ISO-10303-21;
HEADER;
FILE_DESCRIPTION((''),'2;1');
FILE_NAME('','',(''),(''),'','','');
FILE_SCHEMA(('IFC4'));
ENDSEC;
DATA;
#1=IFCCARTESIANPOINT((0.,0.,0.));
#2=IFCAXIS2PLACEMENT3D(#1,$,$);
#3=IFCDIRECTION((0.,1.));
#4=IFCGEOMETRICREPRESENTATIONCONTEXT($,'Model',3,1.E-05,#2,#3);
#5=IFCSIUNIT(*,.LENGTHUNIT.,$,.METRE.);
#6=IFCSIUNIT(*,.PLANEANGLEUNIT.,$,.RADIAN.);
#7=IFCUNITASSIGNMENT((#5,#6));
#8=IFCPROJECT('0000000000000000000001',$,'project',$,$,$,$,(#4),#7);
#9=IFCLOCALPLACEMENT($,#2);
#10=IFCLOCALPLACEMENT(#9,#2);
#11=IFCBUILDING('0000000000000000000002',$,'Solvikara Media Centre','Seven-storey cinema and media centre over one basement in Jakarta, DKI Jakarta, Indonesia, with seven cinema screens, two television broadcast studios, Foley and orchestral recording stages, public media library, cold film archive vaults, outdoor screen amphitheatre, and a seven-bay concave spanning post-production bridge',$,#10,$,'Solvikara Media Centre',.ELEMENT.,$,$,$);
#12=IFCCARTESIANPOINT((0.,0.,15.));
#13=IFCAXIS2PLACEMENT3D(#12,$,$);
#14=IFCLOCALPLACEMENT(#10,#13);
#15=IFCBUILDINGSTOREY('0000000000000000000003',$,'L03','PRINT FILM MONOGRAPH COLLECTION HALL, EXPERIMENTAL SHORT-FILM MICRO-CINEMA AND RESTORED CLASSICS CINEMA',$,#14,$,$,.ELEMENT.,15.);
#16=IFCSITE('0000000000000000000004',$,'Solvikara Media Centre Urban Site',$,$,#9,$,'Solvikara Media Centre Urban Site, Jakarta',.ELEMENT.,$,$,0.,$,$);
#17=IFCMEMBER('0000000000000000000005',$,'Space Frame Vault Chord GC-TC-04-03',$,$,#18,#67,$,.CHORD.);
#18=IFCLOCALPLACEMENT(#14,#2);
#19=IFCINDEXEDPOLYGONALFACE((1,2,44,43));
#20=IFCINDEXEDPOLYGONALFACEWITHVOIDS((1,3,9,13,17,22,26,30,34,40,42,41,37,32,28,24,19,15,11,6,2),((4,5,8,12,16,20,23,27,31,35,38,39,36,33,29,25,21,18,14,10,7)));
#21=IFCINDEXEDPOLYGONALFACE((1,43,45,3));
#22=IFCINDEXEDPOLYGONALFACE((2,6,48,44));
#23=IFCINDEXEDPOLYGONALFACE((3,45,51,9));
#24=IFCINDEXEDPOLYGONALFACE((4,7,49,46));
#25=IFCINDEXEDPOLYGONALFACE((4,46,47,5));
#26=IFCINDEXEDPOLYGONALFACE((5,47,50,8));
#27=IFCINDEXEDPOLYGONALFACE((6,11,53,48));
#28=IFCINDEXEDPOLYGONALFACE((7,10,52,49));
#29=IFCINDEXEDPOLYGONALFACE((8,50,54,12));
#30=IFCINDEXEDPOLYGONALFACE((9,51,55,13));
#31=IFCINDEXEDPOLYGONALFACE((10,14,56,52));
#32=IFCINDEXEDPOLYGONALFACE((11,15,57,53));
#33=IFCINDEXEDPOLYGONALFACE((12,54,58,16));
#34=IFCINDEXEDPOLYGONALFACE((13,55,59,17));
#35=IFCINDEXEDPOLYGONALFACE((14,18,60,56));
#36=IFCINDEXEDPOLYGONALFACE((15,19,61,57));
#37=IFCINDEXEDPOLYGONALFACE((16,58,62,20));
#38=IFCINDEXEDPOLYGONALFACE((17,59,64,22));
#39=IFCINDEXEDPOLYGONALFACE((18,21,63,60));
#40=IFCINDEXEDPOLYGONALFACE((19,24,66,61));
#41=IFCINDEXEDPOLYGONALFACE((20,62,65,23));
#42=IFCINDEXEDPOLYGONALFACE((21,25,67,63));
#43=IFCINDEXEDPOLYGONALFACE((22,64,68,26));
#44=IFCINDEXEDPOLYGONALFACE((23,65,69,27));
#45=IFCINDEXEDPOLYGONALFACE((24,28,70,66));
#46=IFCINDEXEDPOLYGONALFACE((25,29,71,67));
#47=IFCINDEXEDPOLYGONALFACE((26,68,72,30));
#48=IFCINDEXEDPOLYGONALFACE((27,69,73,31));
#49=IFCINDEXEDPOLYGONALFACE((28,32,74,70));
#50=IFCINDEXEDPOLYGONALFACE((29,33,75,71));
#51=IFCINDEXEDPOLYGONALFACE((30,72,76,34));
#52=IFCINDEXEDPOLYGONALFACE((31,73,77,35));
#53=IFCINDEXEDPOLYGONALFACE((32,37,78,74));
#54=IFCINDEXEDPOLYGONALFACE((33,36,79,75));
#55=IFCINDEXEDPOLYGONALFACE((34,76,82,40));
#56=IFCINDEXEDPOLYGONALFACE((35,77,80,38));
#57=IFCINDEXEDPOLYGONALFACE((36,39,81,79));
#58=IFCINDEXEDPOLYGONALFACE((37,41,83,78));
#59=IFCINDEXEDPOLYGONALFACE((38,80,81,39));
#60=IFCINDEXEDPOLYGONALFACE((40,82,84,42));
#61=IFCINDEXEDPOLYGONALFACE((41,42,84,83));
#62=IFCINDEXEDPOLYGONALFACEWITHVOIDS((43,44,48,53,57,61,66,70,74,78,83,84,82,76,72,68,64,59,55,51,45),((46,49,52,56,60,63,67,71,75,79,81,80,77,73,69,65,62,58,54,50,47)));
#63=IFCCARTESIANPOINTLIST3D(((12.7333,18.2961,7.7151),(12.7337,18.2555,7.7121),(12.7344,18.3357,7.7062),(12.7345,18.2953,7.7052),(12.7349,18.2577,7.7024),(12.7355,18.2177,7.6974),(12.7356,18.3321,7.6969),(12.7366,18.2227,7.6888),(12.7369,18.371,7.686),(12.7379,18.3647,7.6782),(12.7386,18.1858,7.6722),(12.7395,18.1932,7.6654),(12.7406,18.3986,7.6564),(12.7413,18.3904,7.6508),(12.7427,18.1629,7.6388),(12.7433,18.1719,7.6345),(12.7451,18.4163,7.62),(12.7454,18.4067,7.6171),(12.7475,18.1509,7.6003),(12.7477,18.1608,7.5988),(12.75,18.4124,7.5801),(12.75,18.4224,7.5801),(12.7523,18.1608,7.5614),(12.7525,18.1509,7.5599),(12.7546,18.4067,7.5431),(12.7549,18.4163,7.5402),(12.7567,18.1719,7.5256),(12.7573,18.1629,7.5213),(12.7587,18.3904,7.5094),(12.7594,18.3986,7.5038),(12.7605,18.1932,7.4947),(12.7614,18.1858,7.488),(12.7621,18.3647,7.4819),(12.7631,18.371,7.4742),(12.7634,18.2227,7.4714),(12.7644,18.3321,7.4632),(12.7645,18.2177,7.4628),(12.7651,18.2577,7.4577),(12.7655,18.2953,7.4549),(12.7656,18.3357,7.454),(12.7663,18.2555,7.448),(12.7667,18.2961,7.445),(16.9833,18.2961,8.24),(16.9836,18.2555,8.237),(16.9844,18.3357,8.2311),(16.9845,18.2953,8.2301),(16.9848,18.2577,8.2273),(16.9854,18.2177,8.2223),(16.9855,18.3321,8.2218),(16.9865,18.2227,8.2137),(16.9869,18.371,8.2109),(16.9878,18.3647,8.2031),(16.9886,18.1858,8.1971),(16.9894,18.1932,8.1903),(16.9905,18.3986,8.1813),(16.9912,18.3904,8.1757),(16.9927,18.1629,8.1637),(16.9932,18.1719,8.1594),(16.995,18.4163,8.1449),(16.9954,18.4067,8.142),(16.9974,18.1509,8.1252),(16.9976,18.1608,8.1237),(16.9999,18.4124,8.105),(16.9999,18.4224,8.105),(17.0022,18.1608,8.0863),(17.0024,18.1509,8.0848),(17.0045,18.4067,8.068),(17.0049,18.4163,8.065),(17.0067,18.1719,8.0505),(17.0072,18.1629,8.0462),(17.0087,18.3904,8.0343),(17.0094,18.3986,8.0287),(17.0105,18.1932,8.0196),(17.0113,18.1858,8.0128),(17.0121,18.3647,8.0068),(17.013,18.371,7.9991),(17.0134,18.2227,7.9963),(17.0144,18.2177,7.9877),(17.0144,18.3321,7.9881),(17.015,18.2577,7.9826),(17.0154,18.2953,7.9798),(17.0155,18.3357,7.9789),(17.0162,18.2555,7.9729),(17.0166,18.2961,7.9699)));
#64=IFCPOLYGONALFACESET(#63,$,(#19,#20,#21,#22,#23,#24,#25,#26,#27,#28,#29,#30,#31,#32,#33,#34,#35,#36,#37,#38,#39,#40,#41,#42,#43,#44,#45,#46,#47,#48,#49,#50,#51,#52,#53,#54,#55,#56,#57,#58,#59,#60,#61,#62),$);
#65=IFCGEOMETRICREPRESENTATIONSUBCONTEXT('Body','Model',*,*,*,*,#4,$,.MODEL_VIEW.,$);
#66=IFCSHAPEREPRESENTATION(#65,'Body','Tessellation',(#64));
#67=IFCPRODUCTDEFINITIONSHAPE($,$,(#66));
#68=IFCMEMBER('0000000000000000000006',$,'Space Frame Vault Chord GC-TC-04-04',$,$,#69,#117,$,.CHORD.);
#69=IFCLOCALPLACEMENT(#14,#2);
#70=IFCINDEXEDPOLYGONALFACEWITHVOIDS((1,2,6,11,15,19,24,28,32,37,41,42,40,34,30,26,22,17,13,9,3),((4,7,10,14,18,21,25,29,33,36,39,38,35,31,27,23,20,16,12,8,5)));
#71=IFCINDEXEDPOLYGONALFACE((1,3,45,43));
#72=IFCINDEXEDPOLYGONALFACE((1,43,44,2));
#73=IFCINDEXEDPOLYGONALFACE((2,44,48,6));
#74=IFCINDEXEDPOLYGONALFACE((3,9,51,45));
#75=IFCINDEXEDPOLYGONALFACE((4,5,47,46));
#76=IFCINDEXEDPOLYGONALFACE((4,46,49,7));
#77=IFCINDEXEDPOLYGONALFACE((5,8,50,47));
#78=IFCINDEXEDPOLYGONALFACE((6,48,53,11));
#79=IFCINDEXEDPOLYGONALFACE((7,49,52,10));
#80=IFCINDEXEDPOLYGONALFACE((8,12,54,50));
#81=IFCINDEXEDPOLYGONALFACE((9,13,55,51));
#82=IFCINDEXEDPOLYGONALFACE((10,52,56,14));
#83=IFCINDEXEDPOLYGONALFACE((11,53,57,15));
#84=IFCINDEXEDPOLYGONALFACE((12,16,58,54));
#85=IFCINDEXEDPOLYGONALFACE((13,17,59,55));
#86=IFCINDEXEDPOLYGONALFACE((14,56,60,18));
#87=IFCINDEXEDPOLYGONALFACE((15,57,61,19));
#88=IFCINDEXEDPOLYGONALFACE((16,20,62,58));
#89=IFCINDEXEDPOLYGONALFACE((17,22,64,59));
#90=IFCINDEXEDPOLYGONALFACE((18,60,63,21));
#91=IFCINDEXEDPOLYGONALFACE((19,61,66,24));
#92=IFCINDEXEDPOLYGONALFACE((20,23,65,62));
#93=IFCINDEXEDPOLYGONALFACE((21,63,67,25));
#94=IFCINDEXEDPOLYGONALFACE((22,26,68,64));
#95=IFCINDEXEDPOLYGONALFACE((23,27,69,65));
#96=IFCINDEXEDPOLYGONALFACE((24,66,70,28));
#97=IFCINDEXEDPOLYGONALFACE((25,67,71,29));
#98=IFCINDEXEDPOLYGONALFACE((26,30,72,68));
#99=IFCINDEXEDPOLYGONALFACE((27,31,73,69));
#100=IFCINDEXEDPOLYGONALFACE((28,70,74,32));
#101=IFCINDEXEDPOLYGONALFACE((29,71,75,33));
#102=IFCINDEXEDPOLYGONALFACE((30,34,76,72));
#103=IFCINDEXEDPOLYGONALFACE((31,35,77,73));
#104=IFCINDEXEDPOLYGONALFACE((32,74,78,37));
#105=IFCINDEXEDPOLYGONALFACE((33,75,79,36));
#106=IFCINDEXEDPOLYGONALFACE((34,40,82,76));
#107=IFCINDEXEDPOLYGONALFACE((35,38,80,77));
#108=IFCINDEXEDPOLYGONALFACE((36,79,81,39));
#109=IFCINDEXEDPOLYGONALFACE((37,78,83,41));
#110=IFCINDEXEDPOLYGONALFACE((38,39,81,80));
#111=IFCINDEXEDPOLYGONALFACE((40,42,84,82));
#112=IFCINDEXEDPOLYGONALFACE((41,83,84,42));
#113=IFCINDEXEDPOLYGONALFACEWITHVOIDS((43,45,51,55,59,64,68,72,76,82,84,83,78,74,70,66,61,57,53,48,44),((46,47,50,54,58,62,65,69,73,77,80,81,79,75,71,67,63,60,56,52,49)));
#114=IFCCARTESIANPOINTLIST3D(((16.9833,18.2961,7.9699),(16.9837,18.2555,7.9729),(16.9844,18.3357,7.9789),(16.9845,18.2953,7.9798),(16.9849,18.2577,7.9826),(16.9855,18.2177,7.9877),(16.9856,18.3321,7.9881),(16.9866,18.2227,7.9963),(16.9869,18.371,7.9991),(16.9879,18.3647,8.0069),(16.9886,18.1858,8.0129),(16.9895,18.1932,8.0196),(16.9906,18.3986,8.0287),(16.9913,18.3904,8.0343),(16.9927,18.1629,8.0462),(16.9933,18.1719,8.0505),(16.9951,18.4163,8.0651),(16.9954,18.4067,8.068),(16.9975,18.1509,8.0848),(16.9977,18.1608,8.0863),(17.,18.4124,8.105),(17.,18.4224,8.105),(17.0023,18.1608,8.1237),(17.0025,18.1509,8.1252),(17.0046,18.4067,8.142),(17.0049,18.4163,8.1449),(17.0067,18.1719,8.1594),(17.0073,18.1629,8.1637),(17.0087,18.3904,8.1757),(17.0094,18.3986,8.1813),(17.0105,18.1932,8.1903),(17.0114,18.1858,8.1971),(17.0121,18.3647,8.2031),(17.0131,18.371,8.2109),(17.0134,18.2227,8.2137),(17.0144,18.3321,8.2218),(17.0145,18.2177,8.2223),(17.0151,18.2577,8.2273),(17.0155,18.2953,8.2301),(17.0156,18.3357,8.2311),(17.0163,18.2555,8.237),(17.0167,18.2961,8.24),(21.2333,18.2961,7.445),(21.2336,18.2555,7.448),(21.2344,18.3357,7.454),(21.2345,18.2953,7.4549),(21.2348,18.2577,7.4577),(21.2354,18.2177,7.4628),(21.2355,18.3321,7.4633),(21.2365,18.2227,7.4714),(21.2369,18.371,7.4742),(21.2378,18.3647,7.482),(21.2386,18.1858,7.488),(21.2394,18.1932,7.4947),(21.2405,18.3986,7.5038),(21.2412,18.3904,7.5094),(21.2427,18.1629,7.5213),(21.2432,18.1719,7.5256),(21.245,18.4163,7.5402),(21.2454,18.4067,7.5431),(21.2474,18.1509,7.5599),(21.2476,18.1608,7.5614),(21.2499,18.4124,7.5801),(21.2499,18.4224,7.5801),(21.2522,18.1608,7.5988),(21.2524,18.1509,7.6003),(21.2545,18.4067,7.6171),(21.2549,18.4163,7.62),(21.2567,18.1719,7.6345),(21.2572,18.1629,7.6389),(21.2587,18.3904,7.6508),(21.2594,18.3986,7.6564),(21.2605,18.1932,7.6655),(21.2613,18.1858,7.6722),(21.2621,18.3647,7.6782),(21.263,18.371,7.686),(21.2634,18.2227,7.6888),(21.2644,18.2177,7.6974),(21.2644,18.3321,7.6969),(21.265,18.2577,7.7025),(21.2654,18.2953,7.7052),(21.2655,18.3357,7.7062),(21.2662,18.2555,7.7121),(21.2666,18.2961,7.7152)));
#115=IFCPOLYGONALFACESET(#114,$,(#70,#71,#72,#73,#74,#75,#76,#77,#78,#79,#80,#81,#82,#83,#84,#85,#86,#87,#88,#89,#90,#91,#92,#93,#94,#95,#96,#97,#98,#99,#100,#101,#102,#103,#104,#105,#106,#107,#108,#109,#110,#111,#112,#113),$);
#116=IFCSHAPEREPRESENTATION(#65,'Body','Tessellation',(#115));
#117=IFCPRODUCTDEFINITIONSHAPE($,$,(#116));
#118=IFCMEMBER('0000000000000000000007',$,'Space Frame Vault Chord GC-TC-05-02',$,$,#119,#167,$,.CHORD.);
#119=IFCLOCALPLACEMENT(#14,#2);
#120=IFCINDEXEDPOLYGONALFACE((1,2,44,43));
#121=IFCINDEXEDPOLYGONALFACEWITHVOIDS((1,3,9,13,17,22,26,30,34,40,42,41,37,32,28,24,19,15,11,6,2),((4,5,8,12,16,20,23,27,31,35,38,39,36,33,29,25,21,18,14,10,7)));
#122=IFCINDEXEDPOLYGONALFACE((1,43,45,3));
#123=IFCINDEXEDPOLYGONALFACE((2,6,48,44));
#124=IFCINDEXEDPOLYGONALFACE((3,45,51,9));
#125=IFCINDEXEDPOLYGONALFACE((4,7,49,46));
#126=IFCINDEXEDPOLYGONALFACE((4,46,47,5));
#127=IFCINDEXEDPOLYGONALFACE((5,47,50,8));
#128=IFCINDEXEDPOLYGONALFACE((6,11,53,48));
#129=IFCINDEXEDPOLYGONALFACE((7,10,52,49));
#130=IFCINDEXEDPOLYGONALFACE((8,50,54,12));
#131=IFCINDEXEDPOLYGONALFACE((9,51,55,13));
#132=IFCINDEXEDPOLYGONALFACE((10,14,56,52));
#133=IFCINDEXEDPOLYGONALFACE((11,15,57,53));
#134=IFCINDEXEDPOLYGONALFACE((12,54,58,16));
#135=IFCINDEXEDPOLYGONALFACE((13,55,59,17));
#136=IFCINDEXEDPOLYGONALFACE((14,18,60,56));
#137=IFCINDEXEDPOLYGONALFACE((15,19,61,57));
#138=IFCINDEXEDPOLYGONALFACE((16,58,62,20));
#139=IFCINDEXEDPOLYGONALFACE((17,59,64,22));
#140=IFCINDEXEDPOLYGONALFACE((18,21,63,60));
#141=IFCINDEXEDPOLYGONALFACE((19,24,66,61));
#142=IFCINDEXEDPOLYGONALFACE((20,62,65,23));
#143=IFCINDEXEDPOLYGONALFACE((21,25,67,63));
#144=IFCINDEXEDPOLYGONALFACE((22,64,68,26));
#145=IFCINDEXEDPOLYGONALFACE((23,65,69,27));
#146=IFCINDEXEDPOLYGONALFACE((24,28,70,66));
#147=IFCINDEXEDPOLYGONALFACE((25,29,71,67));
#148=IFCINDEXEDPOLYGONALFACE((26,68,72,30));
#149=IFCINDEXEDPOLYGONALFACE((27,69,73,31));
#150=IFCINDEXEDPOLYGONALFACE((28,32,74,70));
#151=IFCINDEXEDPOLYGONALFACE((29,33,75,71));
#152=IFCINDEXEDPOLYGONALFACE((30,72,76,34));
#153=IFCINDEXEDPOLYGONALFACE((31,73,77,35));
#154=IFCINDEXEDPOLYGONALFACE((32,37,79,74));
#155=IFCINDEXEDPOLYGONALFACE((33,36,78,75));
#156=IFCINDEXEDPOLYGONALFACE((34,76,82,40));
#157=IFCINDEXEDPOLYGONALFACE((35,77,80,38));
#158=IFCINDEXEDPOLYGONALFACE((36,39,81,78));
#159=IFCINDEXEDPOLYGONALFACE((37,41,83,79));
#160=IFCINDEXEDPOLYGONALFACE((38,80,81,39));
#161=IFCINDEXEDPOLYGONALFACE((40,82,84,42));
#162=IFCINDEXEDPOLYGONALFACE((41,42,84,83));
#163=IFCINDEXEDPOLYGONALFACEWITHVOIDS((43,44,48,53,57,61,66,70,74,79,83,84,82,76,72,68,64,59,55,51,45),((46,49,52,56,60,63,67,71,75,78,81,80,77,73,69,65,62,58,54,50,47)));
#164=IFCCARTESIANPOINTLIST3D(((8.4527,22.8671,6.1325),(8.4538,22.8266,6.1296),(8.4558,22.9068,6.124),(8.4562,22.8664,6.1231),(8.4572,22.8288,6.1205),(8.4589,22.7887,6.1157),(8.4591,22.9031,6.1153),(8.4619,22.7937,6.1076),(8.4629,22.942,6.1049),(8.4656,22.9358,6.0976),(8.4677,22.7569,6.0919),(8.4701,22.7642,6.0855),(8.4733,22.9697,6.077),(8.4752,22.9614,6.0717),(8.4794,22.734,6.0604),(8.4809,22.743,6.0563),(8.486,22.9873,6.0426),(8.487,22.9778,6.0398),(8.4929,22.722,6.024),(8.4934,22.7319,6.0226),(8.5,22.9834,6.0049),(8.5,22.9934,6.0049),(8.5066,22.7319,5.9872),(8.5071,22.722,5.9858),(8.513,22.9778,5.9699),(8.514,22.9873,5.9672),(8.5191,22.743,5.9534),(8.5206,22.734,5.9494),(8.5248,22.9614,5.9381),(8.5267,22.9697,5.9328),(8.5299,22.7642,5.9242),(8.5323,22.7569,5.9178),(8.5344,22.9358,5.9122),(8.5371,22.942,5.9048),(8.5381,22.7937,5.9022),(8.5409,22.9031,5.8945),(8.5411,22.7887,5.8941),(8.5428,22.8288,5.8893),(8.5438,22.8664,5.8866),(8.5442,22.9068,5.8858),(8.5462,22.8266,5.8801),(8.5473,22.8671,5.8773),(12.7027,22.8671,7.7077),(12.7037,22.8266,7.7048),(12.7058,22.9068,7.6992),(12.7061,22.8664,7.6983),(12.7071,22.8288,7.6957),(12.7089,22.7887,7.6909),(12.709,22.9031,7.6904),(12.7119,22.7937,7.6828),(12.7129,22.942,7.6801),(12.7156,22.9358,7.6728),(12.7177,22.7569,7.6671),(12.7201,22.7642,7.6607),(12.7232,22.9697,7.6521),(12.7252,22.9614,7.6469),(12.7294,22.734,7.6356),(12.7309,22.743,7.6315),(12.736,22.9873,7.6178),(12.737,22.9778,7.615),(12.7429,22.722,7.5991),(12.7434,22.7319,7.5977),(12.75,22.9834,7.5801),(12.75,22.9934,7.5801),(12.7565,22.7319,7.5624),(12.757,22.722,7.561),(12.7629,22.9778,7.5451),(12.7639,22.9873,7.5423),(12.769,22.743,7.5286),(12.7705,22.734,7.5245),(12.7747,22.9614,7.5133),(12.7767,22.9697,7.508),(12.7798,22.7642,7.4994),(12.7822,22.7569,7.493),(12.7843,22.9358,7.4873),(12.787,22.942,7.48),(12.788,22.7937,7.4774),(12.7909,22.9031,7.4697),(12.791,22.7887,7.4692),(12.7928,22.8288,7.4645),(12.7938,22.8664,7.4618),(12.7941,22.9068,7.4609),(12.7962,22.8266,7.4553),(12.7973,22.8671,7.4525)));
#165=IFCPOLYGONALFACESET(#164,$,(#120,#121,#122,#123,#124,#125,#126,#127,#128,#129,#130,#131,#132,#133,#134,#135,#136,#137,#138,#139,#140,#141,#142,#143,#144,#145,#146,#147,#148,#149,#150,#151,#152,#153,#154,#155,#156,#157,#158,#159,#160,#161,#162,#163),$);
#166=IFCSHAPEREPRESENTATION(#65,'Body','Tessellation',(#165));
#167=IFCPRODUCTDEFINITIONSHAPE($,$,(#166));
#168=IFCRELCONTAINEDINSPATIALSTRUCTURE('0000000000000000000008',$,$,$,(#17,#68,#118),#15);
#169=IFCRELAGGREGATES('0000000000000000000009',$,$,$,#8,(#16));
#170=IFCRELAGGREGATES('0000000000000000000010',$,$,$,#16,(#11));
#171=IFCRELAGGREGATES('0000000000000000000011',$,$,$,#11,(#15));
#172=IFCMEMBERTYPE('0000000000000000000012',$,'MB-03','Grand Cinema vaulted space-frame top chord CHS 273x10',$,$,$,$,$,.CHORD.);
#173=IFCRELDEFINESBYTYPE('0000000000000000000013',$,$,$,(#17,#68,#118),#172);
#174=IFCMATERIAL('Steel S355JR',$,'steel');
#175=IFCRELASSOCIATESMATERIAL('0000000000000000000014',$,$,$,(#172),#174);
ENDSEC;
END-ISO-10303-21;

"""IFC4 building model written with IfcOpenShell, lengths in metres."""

from ifc_helpers import new_model, si_unit, direction, frame, origin, origin_2d, place, context, subcontext, project, spatial, hollow_circle, extrude, material, material_profile, profile_set, type_object, element, save


model = new_model("IFC4")

# Units and contexts
model_context = context("Model", 3, precision=1e-05, world=origin(), true_north=direction((0.0, 1.0)))
body_context = subcontext(model_context, "Body", "Model", "MODEL_VIEW")
ifc_project = project(units=[si_unit("LENGTHUNIT", "METRE"), si_unit("PLANEANGLEUNIT", "RADIAN")], contexts=[model_context])

# Site, building, storey
site_placement = place(None, origin())
site = spatial("IfcSite", under=ifc_project, at=site_placement, Name="Solvikara Media Centre Urban Site", LongName="Solvikara Media Centre Urban Site, Jakarta", CompositionType="ELEMENT", RefElevation=0.0)
building_placement = place(site_placement, origin())
building = spatial("IfcBuilding", under=site, at=building_placement, Name="Solvikara Media Centre", Description="Seven-storey cinema and media centre over one basement in Jakarta, DKI Jakarta, Indonesia, with seven cinema screens, two television broadcast studios, Foley and orchestral recording stages, public media library, cold film archive vaults, outdoor screen amphitheatre, and a seven-bay concave spanning post-production bridge", LongName="Solvikara Media Centre", CompositionType="ELEMENT")
storey_placement = place(building_placement, frame((0.0, 0.0, 15.0)))
storey = spatial("IfcBuildingStorey", under=building, at=storey_placement, Name="L03", Description="PRINT FILM MONOGRAPH COLLECTION HALL, EXPERIMENTAL SHORT-FILM MICRO-CINEMA AND RESTORED CLASSICS CINEMA", CompositionType="ELEMENT", Elevation=15.0)

# Members
ifc_material = material(Name="Steel S355JR", Category="steel")
ifc_material_profile_1 = material_profile(ifc_material, hollow_circle(Radius=0.1365, WallThickness=0.01, at=origin_2d()), Name="CHS 273x10")
ifc_profile_set_1 = profile_set([ifc_material_profile_1], Name="Steel S355JR")
member_type_1 = type_object("IfcMemberType", Name="MB-03", Description="Grand Cinema vaulted space-frame top chord CHS 273x10", PredefinedType="CHORD", material=ifc_profile_set_1)
for number, where, z_axis, x_axis, name in (
    (1, (12.75, 18.2859, 7.5801), (0.992459, 0.0, 0.122575), (0.0, 1.0, 0.0), "Space Frame Vault Chord GC-TC-04-03"),
    (2, (17.0, 18.2859, 8.105), (0.992459, 0.0, -0.122575), (0.0, 1.0, 0.0), "Space Frame Vault Chord GC-TC-04-04"),
):
    element("IfcMember", number, at=place(storey_placement, frame(where, z_axis=z_axis, x_axis=x_axis)), inside=storey, type_object=member_type_1, Name=name, PredefinedType="CHORD", context=body_context, shape_type="SweptSolid", body=[
        extrude(hollow_circle(Radius=0.1365, WallThickness=0.01, at=origin_2d()), origin(), (0.0, 0.0, 1.0), 4.2822),
    ])
member_1_placement = place(storey_placement, frame((8.5, 22.8569, 6.0049), z_axis=(0.937668, 0.0, 0.347532), x_axis=(0.0, 1.0, 0.0)))
element("IfcMember", 3, at=member_1_placement, inside=storey, type_object=member_type_1, Name="Space Frame Vault Chord GC-TC-05-02", PredefinedType="CHORD", context=body_context, shape_type="SweptSolid", body=[
    extrude(hollow_circle(Radius=0.1365, WallThickness=0.01, at=origin_2d()), origin(), (0.0, 0.0, 1.0), 4.5325),
])

save(model, "model.ifc")
